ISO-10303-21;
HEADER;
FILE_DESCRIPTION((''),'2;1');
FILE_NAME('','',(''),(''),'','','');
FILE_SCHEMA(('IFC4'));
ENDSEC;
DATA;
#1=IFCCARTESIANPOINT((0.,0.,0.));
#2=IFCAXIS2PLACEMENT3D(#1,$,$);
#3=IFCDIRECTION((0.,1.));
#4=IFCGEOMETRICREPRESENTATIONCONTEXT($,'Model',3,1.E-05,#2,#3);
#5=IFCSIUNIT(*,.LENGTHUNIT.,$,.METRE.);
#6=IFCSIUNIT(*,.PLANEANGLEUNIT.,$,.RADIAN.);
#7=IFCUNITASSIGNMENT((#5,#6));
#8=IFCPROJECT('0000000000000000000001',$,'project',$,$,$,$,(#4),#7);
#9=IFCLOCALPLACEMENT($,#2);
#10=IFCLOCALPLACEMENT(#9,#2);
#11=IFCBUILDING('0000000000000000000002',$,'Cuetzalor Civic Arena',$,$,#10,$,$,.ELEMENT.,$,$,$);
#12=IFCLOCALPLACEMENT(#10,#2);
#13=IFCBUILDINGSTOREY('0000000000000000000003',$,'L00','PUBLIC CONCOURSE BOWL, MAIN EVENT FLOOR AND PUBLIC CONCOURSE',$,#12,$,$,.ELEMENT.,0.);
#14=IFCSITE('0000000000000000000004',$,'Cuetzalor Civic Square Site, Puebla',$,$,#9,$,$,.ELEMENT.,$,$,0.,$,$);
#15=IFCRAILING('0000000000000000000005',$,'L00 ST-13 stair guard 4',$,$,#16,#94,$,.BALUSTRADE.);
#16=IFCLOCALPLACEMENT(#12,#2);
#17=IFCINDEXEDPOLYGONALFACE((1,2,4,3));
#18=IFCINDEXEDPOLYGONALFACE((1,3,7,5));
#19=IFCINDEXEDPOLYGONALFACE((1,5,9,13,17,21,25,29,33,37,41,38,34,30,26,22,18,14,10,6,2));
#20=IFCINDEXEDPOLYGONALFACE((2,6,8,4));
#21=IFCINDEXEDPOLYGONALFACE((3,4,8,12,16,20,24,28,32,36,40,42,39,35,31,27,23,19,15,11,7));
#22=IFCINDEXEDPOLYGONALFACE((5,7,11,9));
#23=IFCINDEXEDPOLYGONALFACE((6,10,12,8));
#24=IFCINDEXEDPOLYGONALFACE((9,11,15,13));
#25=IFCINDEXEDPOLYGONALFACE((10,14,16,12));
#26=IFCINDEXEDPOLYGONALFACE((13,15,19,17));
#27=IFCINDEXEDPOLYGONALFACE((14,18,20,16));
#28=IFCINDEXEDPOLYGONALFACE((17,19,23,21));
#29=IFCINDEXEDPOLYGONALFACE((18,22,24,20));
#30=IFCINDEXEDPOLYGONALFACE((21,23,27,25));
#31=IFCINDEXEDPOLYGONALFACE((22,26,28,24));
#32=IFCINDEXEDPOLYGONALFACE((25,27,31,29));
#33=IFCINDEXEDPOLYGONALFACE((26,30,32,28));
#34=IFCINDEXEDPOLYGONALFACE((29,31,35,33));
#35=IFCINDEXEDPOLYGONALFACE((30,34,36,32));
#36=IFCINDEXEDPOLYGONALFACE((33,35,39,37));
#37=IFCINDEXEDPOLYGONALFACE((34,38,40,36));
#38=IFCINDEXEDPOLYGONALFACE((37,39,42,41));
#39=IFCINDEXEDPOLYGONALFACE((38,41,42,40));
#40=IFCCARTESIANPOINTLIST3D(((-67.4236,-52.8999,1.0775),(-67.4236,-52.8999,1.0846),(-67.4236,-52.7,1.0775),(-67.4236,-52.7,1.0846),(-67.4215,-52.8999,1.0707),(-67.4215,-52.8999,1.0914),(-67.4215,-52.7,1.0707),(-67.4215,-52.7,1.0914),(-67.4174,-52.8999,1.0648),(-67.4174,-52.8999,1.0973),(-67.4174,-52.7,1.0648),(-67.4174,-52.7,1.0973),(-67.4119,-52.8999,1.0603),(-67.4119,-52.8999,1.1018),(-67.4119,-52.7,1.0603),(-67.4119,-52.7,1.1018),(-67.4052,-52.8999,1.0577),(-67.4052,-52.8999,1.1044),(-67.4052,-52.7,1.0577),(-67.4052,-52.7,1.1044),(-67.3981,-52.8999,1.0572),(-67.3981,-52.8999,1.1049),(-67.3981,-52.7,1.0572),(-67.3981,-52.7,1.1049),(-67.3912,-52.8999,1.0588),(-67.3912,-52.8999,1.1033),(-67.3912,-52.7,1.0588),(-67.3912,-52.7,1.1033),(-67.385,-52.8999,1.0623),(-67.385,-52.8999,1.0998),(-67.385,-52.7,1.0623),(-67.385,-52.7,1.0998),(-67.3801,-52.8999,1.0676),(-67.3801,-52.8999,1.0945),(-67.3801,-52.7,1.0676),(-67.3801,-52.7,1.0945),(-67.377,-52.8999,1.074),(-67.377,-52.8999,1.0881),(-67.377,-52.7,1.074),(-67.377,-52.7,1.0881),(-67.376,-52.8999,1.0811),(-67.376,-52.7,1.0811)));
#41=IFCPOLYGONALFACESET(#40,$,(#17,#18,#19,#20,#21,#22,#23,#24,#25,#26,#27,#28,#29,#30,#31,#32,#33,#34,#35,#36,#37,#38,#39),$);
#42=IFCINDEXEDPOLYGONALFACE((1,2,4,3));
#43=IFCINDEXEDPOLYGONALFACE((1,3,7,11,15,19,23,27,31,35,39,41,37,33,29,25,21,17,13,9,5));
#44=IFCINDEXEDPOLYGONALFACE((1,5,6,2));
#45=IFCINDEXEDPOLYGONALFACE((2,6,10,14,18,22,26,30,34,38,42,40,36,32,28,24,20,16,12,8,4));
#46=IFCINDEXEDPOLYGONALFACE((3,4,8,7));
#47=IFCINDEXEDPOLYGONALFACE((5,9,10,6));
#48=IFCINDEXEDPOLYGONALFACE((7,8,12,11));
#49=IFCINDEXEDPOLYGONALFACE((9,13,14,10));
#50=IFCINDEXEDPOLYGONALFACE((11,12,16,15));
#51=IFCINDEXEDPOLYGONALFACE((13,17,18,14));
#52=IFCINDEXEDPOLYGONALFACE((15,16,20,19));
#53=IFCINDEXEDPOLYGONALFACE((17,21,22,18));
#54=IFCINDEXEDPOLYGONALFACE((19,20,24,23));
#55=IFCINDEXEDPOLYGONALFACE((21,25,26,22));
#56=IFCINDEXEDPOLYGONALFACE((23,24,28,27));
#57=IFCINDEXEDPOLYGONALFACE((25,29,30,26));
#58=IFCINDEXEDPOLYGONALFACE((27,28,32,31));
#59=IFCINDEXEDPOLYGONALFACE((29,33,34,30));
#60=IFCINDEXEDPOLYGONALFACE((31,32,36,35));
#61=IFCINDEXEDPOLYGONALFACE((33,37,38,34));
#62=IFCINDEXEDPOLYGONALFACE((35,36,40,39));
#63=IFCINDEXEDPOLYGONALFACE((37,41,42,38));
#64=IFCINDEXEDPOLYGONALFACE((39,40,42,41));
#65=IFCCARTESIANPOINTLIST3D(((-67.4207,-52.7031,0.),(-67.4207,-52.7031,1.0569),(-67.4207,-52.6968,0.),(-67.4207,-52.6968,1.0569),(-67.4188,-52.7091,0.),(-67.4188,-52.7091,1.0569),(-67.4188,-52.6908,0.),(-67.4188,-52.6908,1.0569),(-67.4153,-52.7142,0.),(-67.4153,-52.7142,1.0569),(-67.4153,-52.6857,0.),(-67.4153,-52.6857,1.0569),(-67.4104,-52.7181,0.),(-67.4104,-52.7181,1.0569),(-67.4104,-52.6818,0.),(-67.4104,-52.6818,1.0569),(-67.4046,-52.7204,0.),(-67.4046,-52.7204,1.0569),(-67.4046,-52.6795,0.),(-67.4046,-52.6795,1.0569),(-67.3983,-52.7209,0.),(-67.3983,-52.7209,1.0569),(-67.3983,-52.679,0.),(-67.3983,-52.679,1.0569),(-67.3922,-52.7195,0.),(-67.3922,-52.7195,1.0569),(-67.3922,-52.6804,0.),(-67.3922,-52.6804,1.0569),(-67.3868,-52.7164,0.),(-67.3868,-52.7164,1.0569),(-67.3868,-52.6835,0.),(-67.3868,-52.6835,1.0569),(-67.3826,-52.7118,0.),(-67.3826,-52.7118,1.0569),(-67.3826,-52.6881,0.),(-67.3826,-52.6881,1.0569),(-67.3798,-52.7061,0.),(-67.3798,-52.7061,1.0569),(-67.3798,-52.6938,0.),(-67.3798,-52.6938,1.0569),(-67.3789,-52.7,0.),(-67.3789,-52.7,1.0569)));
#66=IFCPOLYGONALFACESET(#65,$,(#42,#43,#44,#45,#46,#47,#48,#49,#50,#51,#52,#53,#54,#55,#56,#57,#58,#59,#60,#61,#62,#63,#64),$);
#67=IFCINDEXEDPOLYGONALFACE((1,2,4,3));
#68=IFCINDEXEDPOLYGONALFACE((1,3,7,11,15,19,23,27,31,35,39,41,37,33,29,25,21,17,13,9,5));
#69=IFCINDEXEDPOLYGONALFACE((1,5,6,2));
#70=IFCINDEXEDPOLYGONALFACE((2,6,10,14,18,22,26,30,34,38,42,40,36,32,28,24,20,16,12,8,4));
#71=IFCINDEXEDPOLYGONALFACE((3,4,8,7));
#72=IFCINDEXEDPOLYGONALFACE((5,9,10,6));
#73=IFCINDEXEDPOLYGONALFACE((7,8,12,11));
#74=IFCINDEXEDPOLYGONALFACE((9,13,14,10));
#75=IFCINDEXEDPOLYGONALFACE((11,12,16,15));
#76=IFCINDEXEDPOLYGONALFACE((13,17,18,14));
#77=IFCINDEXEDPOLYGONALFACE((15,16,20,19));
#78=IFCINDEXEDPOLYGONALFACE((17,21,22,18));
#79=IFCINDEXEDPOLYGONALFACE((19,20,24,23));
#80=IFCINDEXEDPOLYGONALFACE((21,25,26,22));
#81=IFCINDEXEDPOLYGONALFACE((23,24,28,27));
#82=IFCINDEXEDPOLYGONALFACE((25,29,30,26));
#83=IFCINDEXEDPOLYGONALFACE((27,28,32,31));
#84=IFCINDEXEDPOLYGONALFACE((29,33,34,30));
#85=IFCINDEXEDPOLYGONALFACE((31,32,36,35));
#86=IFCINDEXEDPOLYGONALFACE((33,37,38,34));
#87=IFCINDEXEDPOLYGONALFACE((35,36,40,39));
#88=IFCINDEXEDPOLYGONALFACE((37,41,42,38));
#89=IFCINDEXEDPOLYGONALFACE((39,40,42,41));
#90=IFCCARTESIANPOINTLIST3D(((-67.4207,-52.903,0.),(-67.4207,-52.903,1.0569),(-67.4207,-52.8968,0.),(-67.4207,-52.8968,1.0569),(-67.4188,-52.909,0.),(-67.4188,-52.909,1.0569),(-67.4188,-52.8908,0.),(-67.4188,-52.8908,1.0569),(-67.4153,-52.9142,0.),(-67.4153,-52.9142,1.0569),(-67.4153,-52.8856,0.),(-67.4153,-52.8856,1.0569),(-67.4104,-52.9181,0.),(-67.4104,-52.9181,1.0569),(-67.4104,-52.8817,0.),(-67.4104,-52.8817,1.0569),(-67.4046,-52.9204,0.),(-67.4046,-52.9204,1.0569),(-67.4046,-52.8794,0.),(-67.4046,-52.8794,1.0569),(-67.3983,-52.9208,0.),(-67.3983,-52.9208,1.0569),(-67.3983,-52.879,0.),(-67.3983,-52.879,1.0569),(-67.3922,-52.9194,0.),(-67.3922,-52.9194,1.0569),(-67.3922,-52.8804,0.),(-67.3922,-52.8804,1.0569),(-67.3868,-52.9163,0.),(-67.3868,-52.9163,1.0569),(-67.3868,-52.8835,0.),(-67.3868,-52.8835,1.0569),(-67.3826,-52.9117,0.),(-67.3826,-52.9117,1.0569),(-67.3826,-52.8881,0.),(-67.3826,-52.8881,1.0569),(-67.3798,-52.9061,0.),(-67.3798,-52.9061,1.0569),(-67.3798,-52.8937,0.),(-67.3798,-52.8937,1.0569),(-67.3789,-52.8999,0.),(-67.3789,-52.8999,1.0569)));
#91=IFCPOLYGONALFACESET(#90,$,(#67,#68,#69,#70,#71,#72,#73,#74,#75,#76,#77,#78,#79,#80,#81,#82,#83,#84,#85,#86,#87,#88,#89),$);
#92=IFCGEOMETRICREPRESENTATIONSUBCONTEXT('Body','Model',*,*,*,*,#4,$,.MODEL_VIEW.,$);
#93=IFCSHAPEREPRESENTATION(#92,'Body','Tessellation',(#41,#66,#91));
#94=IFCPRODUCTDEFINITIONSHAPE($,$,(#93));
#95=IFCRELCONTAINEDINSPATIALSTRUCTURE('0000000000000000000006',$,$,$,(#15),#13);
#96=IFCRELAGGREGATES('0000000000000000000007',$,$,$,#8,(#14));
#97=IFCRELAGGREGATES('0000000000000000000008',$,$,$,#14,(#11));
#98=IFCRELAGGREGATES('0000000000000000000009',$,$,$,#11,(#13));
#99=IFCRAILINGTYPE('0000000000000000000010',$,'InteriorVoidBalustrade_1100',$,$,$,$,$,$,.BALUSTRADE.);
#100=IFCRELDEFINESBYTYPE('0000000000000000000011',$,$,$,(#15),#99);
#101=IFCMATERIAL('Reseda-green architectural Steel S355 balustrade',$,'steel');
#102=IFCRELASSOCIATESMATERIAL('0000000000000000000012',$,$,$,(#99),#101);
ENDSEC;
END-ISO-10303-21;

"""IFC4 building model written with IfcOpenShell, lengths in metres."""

from ifc_helpers import new_model, si_unit, direction, frame, origin, origin_2d, place, context, subcontext, project, spatial, circle, extrude, material, type_object, element, save


model = new_model("IFC4")

# Units and contexts
model_context = context("Model", 3, precision=1e-05, world=origin(), true_north=direction((0.0, 1.0)))
body_context = subcontext(model_context, "Body", "Model", "MODEL_VIEW")
ifc_project = project(units=[si_unit("LENGTHUNIT", "METRE"), si_unit("PLANEANGLEUNIT", "RADIAN")], contexts=[model_context])

# Site, building, storey
site_placement = place(None, origin())
site = spatial("IfcSite", under=ifc_project, at=site_placement, Name="Cuetzalor Civic Square Site, Puebla", CompositionType="ELEMENT", RefElevation=0.0)
building_placement = place(site_placement, origin())
building = spatial("IfcBuilding", under=site, at=building_placement, Name="Cuetzalor Civic Arena", CompositionType="ELEMENT")
storey_placement = place(building_placement, origin())
storey = spatial("IfcBuildingStorey", under=building, at=storey_placement, Name="L00", Description="PUBLIC CONCOURSE BOWL, MAIN EVENT FLOOR AND PUBLIC CONCOURSE", CompositionType="ELEMENT", Elevation=0.0)

# Railing
ifc_material_1 = material(Name="Reseda-green architectural Steel S355 balustrade", Category="steel")
railing_type_1 = type_object("IfcRailingType", Name="InteriorVoidBalustrade_1100", PredefinedType="BALUSTRADE", material=ifc_material_1)
railing_1_placement = place(storey_placement, frame((-67.3999, -52.7, 0.0)))
element("IfcRailing", 1, at=railing_1_placement, inside=storey, type_object=railing_type_1, Name="L00 ST-13 stair guard 4", PredefinedType="BALUSTRADE", context=body_context, shape_type="SweptSolid", body=[
    extrude(circle(Radius=0.0239, at=origin_2d()), frame((0.0, 0.0, 1.0811), z_axis=(0.0, -1.0, 0.0), x_axis=(1.0, 0.0, 0.0)), (0.0, 0.0, 1.0), 0.2),
    extrude(circle(Radius=0.021, at=origin_2d()), origin(), (0.0, 0.0, 1.0), 1.0569),
    extrude(circle(Radius=0.021, at=origin_2d()), frame((0.0, -0.2, 0.0)), (0.0, 0.0, 1.0), 1.0569),
])

save(model, "model.ifc")
